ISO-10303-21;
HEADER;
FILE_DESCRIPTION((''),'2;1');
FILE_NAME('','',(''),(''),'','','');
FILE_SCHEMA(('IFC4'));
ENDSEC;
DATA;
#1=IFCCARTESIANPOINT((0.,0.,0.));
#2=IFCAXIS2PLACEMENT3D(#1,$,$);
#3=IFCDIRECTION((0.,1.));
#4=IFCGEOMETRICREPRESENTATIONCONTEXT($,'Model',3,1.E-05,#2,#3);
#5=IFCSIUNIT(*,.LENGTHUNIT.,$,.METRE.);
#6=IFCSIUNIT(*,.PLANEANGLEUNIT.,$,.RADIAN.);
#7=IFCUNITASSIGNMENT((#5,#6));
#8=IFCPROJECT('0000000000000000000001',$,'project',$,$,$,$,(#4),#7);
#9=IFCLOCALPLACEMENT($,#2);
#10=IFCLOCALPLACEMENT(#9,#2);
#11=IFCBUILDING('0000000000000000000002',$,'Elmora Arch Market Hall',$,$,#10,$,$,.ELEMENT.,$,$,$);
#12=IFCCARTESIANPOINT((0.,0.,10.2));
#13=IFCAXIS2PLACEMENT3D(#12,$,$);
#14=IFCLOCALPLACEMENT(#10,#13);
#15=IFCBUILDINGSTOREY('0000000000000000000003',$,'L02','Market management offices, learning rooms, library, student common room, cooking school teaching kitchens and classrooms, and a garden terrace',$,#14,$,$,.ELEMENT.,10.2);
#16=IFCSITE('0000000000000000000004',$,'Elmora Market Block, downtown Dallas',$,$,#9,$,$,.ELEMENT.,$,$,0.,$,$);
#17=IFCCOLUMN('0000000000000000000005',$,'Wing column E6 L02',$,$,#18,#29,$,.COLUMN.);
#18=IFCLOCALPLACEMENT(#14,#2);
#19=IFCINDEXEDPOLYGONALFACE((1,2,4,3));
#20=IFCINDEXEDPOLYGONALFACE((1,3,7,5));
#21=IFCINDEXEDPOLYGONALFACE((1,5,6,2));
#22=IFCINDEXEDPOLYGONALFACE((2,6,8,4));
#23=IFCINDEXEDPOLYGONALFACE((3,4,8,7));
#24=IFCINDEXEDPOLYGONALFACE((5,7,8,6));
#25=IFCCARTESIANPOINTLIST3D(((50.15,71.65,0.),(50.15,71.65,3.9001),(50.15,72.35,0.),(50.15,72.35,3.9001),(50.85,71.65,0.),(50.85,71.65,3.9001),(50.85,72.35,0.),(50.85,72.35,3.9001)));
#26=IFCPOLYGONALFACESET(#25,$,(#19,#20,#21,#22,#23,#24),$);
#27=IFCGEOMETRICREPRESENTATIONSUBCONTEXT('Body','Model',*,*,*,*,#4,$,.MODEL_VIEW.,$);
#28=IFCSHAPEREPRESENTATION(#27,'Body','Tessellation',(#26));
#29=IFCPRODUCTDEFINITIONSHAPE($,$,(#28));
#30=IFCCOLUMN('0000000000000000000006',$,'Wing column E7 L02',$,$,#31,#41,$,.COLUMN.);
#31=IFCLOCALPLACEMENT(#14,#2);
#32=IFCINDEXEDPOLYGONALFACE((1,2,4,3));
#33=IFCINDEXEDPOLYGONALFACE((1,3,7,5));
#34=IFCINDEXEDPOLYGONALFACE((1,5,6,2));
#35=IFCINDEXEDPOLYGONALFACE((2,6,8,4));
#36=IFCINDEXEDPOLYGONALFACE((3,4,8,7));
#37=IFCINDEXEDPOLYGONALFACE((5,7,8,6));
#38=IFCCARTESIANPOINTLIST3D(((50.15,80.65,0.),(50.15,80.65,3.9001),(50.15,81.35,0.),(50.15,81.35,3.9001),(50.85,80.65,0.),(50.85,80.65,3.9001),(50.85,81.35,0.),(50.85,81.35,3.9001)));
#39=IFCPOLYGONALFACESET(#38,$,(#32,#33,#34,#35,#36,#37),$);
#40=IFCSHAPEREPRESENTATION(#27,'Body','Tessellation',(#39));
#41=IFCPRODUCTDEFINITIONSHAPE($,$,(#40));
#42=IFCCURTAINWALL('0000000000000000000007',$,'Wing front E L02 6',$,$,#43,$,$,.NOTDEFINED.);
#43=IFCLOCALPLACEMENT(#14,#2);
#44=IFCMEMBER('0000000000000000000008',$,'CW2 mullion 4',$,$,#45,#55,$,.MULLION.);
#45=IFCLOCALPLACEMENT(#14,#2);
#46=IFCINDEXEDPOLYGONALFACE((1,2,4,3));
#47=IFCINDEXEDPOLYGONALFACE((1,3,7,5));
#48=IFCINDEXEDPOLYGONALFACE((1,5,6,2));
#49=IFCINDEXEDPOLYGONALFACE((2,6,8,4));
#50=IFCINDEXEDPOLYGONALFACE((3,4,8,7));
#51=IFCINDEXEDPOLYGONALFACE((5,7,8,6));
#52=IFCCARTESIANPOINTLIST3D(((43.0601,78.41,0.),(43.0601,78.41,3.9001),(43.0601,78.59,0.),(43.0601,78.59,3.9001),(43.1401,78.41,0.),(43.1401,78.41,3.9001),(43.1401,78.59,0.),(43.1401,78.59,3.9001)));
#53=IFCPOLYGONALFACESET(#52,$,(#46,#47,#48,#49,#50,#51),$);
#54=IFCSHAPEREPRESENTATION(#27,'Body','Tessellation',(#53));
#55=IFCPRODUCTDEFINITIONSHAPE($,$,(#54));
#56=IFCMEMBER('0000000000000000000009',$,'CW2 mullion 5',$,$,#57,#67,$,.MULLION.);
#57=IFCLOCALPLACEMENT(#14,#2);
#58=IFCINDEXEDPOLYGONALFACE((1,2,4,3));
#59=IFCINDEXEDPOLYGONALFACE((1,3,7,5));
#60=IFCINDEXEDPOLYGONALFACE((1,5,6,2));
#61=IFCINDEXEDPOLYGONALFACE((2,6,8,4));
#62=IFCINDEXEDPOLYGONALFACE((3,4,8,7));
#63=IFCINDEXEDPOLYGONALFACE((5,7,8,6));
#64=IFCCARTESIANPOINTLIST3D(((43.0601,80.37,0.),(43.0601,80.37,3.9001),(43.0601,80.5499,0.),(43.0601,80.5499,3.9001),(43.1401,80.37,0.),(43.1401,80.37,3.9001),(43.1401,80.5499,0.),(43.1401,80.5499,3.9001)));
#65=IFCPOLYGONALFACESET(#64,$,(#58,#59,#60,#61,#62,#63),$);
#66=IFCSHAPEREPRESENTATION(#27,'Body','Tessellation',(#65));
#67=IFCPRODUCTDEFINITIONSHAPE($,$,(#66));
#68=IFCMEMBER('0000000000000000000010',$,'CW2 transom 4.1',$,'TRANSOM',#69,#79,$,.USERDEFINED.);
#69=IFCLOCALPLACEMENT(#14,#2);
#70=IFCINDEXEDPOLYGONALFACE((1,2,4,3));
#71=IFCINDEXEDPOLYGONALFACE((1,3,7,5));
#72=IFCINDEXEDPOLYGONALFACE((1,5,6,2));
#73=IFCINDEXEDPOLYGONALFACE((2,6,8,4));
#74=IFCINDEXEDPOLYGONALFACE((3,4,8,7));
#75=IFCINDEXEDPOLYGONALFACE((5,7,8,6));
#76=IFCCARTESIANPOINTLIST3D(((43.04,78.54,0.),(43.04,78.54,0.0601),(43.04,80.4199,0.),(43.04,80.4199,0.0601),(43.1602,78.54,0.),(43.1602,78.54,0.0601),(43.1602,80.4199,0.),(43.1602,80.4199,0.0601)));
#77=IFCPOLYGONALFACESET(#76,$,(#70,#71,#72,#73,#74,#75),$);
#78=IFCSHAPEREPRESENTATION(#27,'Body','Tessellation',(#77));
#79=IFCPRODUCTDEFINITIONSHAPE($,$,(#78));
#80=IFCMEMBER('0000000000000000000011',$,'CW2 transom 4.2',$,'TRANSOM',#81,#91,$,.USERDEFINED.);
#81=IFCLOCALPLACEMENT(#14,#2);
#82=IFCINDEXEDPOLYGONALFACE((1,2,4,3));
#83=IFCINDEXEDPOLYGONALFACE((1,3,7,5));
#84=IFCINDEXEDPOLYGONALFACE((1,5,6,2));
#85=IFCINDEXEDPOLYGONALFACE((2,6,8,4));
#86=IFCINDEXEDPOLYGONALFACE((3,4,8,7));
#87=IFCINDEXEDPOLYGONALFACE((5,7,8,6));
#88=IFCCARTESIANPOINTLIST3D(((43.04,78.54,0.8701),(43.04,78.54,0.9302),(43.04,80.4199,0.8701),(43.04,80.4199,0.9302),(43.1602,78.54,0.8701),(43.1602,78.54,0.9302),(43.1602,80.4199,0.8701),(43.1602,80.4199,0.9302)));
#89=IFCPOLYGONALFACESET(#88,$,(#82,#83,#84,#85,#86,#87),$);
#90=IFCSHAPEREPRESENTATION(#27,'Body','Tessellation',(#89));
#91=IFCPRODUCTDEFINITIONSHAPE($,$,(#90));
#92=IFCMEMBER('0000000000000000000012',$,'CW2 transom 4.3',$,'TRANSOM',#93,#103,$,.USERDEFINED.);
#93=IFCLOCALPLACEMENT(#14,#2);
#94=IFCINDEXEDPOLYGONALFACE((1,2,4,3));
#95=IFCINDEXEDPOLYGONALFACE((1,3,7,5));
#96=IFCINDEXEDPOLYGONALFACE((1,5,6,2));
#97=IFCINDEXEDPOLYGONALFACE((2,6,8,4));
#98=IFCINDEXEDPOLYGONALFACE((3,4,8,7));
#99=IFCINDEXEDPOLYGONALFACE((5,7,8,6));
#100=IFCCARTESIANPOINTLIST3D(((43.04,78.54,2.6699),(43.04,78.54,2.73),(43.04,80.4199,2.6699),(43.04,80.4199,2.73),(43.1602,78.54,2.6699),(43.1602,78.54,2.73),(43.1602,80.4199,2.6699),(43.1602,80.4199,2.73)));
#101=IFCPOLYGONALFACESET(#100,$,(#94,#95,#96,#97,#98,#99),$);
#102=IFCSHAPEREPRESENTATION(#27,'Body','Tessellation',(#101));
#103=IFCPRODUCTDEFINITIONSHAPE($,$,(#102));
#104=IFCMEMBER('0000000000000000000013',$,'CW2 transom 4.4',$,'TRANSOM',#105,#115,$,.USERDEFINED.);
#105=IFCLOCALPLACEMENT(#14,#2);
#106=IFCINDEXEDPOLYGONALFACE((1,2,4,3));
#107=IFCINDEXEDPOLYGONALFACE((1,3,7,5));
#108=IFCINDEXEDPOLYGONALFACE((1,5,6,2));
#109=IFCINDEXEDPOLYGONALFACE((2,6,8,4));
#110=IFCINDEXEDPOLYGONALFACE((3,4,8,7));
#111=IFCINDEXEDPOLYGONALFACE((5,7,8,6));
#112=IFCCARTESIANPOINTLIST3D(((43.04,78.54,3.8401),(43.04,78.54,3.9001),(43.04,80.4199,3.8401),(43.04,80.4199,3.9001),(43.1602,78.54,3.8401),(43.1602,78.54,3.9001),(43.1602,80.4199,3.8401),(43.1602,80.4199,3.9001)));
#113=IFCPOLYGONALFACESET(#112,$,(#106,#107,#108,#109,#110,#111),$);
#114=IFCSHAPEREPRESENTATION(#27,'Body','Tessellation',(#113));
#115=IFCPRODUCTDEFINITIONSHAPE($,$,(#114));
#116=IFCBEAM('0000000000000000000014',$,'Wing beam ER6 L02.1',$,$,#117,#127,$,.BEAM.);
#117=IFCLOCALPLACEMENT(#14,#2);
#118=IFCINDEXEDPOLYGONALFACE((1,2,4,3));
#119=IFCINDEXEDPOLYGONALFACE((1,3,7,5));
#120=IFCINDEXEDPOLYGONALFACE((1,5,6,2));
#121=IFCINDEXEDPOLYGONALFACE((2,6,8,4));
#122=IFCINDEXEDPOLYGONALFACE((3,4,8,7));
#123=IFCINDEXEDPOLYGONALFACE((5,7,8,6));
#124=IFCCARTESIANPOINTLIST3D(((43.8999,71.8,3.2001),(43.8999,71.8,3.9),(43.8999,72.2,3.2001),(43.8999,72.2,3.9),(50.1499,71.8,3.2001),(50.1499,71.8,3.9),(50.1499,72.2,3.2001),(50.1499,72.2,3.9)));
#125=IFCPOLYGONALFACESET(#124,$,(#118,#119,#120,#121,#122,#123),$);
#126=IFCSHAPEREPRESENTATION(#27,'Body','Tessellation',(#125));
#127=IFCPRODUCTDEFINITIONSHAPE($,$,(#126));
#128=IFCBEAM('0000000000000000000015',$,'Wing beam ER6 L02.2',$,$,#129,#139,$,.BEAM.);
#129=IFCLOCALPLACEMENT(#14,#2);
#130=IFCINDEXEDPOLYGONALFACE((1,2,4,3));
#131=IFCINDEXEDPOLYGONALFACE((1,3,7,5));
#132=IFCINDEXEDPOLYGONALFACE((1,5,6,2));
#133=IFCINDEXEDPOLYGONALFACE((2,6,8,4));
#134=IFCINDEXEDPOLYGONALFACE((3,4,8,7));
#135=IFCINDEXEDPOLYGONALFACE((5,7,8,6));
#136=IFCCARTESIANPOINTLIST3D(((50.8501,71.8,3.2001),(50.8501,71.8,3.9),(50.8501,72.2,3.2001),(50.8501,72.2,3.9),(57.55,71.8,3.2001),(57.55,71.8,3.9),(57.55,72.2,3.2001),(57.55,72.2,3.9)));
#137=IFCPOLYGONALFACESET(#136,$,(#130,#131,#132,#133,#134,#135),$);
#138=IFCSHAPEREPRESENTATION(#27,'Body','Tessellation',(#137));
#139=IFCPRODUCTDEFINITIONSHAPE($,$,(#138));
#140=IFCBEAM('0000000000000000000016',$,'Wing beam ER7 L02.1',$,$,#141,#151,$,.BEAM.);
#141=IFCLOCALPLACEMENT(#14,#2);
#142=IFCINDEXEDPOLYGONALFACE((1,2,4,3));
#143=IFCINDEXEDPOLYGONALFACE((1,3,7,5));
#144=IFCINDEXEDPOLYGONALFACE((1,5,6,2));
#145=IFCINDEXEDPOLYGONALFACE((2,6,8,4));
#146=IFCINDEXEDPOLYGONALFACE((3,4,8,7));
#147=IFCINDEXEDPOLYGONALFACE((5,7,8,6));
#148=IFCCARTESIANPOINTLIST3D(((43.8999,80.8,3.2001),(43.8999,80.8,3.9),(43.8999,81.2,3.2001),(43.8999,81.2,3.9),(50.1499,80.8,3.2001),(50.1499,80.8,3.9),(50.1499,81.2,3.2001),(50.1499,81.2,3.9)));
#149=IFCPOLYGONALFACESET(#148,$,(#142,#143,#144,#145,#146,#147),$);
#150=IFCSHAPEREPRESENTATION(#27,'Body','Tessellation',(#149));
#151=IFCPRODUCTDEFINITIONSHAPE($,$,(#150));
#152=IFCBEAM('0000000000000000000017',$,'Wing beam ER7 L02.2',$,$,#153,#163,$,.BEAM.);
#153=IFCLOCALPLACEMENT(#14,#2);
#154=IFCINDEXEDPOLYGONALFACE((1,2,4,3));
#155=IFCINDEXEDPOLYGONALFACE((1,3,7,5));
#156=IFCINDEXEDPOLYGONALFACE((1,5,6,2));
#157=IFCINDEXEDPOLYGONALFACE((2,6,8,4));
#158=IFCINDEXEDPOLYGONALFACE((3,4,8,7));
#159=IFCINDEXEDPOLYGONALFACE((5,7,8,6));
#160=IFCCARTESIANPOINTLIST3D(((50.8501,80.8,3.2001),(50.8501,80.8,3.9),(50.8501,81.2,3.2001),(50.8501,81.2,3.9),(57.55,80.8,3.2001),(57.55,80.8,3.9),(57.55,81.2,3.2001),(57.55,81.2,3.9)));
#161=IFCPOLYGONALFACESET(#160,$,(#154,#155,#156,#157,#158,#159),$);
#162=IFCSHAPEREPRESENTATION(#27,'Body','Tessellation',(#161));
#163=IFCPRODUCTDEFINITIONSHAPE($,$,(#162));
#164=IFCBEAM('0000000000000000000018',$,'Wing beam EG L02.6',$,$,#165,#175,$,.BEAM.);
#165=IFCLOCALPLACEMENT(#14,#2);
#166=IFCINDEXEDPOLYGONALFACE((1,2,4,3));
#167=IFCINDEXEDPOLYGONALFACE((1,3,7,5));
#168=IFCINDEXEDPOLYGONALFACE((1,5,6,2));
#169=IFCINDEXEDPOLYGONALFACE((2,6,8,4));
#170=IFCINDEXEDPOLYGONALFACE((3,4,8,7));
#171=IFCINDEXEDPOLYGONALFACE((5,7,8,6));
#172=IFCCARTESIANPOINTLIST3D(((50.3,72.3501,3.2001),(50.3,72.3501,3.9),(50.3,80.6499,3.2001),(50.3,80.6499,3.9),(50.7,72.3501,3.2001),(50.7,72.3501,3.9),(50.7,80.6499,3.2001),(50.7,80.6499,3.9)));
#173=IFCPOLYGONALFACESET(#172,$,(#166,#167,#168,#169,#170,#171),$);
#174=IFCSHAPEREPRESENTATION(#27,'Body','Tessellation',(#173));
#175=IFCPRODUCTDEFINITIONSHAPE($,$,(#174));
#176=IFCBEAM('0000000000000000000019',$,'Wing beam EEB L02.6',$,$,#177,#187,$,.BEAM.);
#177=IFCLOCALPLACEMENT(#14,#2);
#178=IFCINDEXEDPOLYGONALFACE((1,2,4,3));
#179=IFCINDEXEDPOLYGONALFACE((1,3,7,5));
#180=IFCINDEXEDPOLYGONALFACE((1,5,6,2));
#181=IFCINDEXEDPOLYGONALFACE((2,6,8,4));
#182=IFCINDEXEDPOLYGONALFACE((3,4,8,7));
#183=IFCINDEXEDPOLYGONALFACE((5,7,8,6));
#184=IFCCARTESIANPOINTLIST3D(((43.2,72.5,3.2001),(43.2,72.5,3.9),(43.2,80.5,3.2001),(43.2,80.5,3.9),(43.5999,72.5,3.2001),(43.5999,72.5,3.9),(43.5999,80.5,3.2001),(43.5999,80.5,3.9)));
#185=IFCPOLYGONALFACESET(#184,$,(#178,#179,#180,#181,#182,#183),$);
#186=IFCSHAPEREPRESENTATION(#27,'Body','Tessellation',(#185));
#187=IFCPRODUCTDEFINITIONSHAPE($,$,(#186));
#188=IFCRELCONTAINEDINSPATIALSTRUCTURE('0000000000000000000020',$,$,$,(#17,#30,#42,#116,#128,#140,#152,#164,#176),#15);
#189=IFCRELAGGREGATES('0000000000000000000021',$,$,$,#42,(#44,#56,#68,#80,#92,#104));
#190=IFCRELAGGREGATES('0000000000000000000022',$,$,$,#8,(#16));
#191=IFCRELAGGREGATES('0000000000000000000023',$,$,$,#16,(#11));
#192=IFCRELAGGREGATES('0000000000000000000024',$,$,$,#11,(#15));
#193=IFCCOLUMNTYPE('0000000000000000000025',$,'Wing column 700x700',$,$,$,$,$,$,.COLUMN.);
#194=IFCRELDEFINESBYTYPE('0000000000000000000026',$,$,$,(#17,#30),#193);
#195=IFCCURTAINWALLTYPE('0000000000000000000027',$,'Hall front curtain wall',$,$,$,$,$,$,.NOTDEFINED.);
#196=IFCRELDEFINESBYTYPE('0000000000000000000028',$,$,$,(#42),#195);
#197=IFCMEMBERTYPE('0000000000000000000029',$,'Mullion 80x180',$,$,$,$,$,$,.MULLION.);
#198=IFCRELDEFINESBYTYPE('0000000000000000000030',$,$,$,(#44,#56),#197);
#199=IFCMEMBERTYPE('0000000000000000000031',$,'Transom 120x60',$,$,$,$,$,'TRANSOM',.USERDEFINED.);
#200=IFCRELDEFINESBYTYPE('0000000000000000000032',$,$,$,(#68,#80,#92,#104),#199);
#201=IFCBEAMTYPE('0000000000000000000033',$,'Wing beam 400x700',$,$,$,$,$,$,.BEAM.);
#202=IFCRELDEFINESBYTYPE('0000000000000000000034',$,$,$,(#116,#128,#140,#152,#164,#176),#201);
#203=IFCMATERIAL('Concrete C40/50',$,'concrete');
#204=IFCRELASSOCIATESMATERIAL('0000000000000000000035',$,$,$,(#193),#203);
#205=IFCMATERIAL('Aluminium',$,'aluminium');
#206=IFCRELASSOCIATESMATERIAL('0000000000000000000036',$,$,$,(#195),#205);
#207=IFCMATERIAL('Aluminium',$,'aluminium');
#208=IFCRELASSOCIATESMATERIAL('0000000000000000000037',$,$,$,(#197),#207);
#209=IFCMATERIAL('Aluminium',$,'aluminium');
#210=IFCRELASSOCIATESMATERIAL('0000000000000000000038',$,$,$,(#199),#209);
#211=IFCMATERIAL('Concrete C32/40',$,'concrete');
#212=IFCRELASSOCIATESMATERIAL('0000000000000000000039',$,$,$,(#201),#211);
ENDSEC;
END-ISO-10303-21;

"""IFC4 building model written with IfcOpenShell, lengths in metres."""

from ifc_helpers import new_model, si_unit, direction, frame, origin, origin_2d, place, context, subcontext, project, spatial, rectangle, extrude, material, material_profile, profile_set, type_object, element, aggregate, save


model = new_model("IFC4")

# Units and contexts
model_context = context("Model", 3, precision=1e-05, world=origin(), true_north=direction((0.0, 1.0)))
body_context = subcontext(model_context, "Body", "Model", "MODEL_VIEW")
ifc_project = project(units=[si_unit("LENGTHUNIT", "METRE"), si_unit("PLANEANGLEUNIT", "RADIAN")], contexts=[model_context])

# Site, building, storey
site_placement = place(None, origin())
site = spatial("IfcSite", under=ifc_project, at=site_placement, Name="Elmora Market Block, downtown Dallas", CompositionType="ELEMENT", RefElevation=0.0)
building_placement = place(site_placement, origin())
building = spatial("IfcBuilding", under=site, at=building_placement, Name="Elmora Arch Market Hall", CompositionType="ELEMENT")
storey_placement = place(building_placement, frame((0.0, 0.0, 10.2)))
storey = spatial("IfcBuildingStorey", under=building, at=storey_placement, Name="L02", Description="Market management offices, learning rooms, library, student common room, cooking school teaching kitchens and classrooms, and a garden terrace", CompositionType="ELEMENT", Elevation=10.2)

# Columns
ifc_material_1 = material(Name="Concrete C40/50", Category="concrete")
ifc_material_profile_1 = material_profile(ifc_material_1, rectangle(XDim=0.7, YDim=0.7, at=origin_2d()), Name="Wing column 700x700")
ifc_profile_set_1 = profile_set([ifc_material_profile_1], Name="Concrete C40/50")
column_type = type_object("IfcColumnType", Name="Wing column 700x700", PredefinedType="COLUMN", material=ifc_profile_set_1)
for number, where, z_axis, x_axis, name in (
    (1, (50.5, 72.0, 0.0), (0.0, 0.0, 1.0), (1.0, 0.0, 0.0), "Wing column E6 L02"),
    (2, (50.5, 81.0, 0.0), (0.0, 0.0, 1.0), (1.0, 0.0, 0.0), "Wing column E7 L02"),
):
    element("IfcColumn", number, at=place(storey_placement, frame(where, z_axis=z_axis, x_axis=x_axis)), inside=storey, type_object=column_type, Name=name, PredefinedType="COLUMN", context=body_context, shape_type="SweptSolid", body=[
        extrude(rectangle(XDim=0.7, YDim=0.7, at=origin_2d()), origin(), (0.0, 0.0, 1.0), 3.9001),
    ])

# Curtain wall, members
ifc_material_2 = material(Name="Aluminium", Category="aluminium")
curtain_wall_type = type_object("IfcCurtainWallType", Name="Hall front curtain wall", PredefinedType="NOTDEFINED", material=ifc_material_2)
curtain_wall_placement = place(storey_placement, origin())
curtain_wall = element("IfcCurtainWall", 3, at=curtain_wall_placement, inside=storey, type_object=curtain_wall_type, Name="Wing front E L02 6", PredefinedType="NOTDEFINED")
ifc_material_3 = material(Name="Aluminium", Category="aluminium")
ifc_material_profile_2 = material_profile(ifc_material_3, rectangle(XDim=0.0801, YDim=0.1799, at=origin_2d()), Name="AL 80x180")
ifc_profile_set_2 = profile_set([ifc_material_profile_2], Name="Aluminium")
member_type_1 = type_object("IfcMemberType", Name="Mullion 80x180", PredefinedType="MULLION", material=ifc_profile_set_2)
member_1_placement = place(storey_placement, frame((43.1001, 78.5, 0.0), z_axis=(0.0, 0.0, 1.0), x_axis=(-1.0, 0.0, 0.0)))
member_1 = element("IfcMember", 4, at=member_1_placement, type_object=member_type_1, Name="CW2 mullion 4", PredefinedType="MULLION", context=body_context, shape_type="SweptSolid", body=[
    extrude(rectangle(XDim=0.0801, YDim=0.1799, at=origin_2d()), origin(), (0.0, 0.0, 1.0), 3.9001),
])
member_2_placement = place(storey_placement, frame((43.1001, 80.46, 0.0), z_axis=(0.0, 0.0, 1.0), x_axis=(-1.0, 0.0, 0.0)))
member_2 = element("IfcMember", 5, at=member_2_placement, type_object=member_type_1, Name="CW2 mullion 5", PredefinedType="MULLION", context=body_context, shape_type="SweptSolid", body=[
    extrude(rectangle(XDim=0.0801, YDim=0.1799, at=origin_2d()), origin(), (0.0, 0.0, 1.0), 3.9001),
])
ifc_material_4 = material(Name="Aluminium", Category="aluminium")
ifc_material_profile_3 = material_profile(ifc_material_4, rectangle(XDim=0.1201, YDim=0.0601, at=origin_2d()), Name="AL 120x60")
ifc_profile_set_3 = profile_set([ifc_material_profile_3], Name="Aluminium")
member_type_2 = type_object("IfcMemberType", Name="Transom 120x60", ElementType="TRANSOM", PredefinedType="USERDEFINED", material=ifc_profile_set_3)
member_3_placement = place(storey_placement, frame((43.1001, 78.54, 0.03), z_axis=(0.0, 1.0, 0.0), x_axis=(-1.0, 0.0, 0.0)))
member_3 = element("IfcMember", 6, at=member_3_placement, type_object=member_type_2, Name="CW2 transom 4.1", ObjectType="TRANSOM", PredefinedType="USERDEFINED", context=body_context, shape_type="SweptSolid", body=[
    extrude(rectangle(XDim=0.1201, YDim=0.0601, at=origin_2d()), origin(), (0.0, 0.0, 1.0), 1.8799),
])
member_4_placement = place(storey_placement, frame((43.1001, 78.54, 0.9001), z_axis=(0.0, 1.0, 0.0), x_axis=(-1.0, 0.0, 0.0)))
member_4 = element("IfcMember", 7, at=member_4_placement, type_object=member_type_2, Name="CW2 transom 4.2", ObjectType="TRANSOM", PredefinedType="USERDEFINED", context=body_context, shape_type="SweptSolid", body=[
    extrude(rectangle(XDim=0.1201, YDim=0.0601, at=origin_2d()), origin(), (0.0, 0.0, 1.0), 1.8799),
])
member_5_placement = place(storey_placement, frame((43.1001, 78.54, 2.7), z_axis=(0.0, 1.0, 0.0), x_axis=(-1.0, 0.0, 0.0)))
member_5 = element("IfcMember", 8, at=member_5_placement, type_object=member_type_2, Name="CW2 transom 4.3", ObjectType="TRANSOM", PredefinedType="USERDEFINED", context=body_context, shape_type="SweptSolid", body=[
    extrude(rectangle(XDim=0.1201, YDim=0.0601, at=origin_2d()), origin(), (0.0, 0.0, 1.0), 1.8799),
])
member_6_placement = place(storey_placement, frame((43.1001, 78.54, 3.8701), z_axis=(0.0, 1.0, 0.0), x_axis=(-1.0, 0.0, 0.0)))
member_6 = element("IfcMember", 9, at=member_6_placement, type_object=member_type_2, Name="CW2 transom 4.4", ObjectType="TRANSOM", PredefinedType="USERDEFINED", context=body_context, shape_type="SweptSolid", body=[
    extrude(rectangle(XDim=0.1201, YDim=0.0601, at=origin_2d()), origin(), (0.0, 0.0, 1.0), 1.8799),
])

# Beams
ifc_material_5 = material(Name="Concrete C32/40", Category="concrete")
ifc_material_profile_4 = material_profile(ifc_material_5, rectangle(XDim=0.3999, YDim=0.7, at=origin_2d()), Name="Wing beam 400x700")
ifc_profile_set_4 = profile_set([ifc_material_profile_4], Name="Concrete C32/40")
beam_type_1 = type_object("IfcBeamType", Name="Wing beam 400x700", PredefinedType="BEAM", material=ifc_profile_set_4)
beam_1_placement = place(storey_placement, frame((43.8999, 72.0, 3.55), z_axis=(1.0, 0.0, 0.0), x_axis=(0.0, 1.0, 0.0)))
element("IfcBeam", 10, at=beam_1_placement, inside=storey, type_object=beam_type_1, Name="Wing beam ER6 L02.1", PredefinedType="BEAM", context=body_context, shape_type="SweptSolid", body=[
    extrude(rectangle(XDim=0.3999, YDim=0.7, at=origin_2d()), origin(), (0.0, 0.0, 1.0), 6.25),
])
beam_2_placement = place(storey_placement, frame((50.8501, 72.0, 3.55), z_axis=(1.0, 0.0, 0.0), x_axis=(0.0, 1.0, 0.0)))
element("IfcBeam", 11, at=beam_2_placement, inside=storey, type_object=beam_type_1, Name="Wing beam ER6 L02.2", PredefinedType="BEAM", context=body_context, shape_type="SweptSolid", body=[
    extrude(rectangle(XDim=0.3999, YDim=0.7, at=origin_2d()), origin(), (0.0, 0.0, 1.0), 6.7),
])
beam_3_placement = place(storey_placement, frame((43.8999, 81.0, 3.55), z_axis=(1.0, 0.0, 0.0), x_axis=(0.0, 1.0, 0.0)))
element("IfcBeam", 12, at=beam_3_placement, inside=storey, type_object=beam_type_1, Name="Wing beam ER7 L02.1", PredefinedType="BEAM", context=body_context, shape_type="SweptSolid", body=[
    extrude(rectangle(XDim=0.3999, YDim=0.7, at=origin_2d()), origin(), (0.0, 0.0, 1.0), 6.25),
])
beam_4_placement = place(storey_placement, frame((50.8501, 81.0, 3.55), z_axis=(1.0, 0.0, 0.0), x_axis=(0.0, 1.0, 0.0)))
element("IfcBeam", 13, at=beam_4_placement, inside=storey, type_object=beam_type_1, Name="Wing beam ER7 L02.2", PredefinedType="BEAM", context=body_context, shape_type="SweptSolid", body=[
    extrude(rectangle(XDim=0.3999, YDim=0.7, at=origin_2d()), origin(), (0.0, 0.0, 1.0), 6.7),
])
beam_5_placement = place(storey_placement, frame((50.5, 72.3501, 3.55), z_axis=(0.0, 1.0, 0.0), x_axis=(-1.0, 0.0, 0.0)))
element("IfcBeam", 14, at=beam_5_placement, inside=storey, type_object=beam_type_1, Name="Wing beam EG L02.6", PredefinedType="BEAM", context=body_context, shape_type="SweptSolid", body=[
    extrude(rectangle(XDim=0.3999, YDim=0.7, at=origin_2d()), origin(), (0.0, 0.0, 1.0), 8.2998),
])
beam_6_placement = place(storey_placement, frame((43.3999, 72.5, 3.55), z_axis=(0.0, 1.0, 0.0), x_axis=(-1.0, 0.0, 0.0)))
element("IfcBeam", 15, at=beam_6_placement, inside=storey, type_object=beam_type_1, Name="Wing beam EEB L02.6", PredefinedType="BEAM", context=body_context, shape_type="SweptSolid", body=[
    extrude(rectangle(XDim=0.3999, YDim=0.7, at=origin_2d()), origin(), (0.0, 0.0, 1.0), 8.0),
])

aggregate(curtain_wall, [member_1, member_2, member_3, member_4, member_5, member_6])

save(model, "model.ifc")
